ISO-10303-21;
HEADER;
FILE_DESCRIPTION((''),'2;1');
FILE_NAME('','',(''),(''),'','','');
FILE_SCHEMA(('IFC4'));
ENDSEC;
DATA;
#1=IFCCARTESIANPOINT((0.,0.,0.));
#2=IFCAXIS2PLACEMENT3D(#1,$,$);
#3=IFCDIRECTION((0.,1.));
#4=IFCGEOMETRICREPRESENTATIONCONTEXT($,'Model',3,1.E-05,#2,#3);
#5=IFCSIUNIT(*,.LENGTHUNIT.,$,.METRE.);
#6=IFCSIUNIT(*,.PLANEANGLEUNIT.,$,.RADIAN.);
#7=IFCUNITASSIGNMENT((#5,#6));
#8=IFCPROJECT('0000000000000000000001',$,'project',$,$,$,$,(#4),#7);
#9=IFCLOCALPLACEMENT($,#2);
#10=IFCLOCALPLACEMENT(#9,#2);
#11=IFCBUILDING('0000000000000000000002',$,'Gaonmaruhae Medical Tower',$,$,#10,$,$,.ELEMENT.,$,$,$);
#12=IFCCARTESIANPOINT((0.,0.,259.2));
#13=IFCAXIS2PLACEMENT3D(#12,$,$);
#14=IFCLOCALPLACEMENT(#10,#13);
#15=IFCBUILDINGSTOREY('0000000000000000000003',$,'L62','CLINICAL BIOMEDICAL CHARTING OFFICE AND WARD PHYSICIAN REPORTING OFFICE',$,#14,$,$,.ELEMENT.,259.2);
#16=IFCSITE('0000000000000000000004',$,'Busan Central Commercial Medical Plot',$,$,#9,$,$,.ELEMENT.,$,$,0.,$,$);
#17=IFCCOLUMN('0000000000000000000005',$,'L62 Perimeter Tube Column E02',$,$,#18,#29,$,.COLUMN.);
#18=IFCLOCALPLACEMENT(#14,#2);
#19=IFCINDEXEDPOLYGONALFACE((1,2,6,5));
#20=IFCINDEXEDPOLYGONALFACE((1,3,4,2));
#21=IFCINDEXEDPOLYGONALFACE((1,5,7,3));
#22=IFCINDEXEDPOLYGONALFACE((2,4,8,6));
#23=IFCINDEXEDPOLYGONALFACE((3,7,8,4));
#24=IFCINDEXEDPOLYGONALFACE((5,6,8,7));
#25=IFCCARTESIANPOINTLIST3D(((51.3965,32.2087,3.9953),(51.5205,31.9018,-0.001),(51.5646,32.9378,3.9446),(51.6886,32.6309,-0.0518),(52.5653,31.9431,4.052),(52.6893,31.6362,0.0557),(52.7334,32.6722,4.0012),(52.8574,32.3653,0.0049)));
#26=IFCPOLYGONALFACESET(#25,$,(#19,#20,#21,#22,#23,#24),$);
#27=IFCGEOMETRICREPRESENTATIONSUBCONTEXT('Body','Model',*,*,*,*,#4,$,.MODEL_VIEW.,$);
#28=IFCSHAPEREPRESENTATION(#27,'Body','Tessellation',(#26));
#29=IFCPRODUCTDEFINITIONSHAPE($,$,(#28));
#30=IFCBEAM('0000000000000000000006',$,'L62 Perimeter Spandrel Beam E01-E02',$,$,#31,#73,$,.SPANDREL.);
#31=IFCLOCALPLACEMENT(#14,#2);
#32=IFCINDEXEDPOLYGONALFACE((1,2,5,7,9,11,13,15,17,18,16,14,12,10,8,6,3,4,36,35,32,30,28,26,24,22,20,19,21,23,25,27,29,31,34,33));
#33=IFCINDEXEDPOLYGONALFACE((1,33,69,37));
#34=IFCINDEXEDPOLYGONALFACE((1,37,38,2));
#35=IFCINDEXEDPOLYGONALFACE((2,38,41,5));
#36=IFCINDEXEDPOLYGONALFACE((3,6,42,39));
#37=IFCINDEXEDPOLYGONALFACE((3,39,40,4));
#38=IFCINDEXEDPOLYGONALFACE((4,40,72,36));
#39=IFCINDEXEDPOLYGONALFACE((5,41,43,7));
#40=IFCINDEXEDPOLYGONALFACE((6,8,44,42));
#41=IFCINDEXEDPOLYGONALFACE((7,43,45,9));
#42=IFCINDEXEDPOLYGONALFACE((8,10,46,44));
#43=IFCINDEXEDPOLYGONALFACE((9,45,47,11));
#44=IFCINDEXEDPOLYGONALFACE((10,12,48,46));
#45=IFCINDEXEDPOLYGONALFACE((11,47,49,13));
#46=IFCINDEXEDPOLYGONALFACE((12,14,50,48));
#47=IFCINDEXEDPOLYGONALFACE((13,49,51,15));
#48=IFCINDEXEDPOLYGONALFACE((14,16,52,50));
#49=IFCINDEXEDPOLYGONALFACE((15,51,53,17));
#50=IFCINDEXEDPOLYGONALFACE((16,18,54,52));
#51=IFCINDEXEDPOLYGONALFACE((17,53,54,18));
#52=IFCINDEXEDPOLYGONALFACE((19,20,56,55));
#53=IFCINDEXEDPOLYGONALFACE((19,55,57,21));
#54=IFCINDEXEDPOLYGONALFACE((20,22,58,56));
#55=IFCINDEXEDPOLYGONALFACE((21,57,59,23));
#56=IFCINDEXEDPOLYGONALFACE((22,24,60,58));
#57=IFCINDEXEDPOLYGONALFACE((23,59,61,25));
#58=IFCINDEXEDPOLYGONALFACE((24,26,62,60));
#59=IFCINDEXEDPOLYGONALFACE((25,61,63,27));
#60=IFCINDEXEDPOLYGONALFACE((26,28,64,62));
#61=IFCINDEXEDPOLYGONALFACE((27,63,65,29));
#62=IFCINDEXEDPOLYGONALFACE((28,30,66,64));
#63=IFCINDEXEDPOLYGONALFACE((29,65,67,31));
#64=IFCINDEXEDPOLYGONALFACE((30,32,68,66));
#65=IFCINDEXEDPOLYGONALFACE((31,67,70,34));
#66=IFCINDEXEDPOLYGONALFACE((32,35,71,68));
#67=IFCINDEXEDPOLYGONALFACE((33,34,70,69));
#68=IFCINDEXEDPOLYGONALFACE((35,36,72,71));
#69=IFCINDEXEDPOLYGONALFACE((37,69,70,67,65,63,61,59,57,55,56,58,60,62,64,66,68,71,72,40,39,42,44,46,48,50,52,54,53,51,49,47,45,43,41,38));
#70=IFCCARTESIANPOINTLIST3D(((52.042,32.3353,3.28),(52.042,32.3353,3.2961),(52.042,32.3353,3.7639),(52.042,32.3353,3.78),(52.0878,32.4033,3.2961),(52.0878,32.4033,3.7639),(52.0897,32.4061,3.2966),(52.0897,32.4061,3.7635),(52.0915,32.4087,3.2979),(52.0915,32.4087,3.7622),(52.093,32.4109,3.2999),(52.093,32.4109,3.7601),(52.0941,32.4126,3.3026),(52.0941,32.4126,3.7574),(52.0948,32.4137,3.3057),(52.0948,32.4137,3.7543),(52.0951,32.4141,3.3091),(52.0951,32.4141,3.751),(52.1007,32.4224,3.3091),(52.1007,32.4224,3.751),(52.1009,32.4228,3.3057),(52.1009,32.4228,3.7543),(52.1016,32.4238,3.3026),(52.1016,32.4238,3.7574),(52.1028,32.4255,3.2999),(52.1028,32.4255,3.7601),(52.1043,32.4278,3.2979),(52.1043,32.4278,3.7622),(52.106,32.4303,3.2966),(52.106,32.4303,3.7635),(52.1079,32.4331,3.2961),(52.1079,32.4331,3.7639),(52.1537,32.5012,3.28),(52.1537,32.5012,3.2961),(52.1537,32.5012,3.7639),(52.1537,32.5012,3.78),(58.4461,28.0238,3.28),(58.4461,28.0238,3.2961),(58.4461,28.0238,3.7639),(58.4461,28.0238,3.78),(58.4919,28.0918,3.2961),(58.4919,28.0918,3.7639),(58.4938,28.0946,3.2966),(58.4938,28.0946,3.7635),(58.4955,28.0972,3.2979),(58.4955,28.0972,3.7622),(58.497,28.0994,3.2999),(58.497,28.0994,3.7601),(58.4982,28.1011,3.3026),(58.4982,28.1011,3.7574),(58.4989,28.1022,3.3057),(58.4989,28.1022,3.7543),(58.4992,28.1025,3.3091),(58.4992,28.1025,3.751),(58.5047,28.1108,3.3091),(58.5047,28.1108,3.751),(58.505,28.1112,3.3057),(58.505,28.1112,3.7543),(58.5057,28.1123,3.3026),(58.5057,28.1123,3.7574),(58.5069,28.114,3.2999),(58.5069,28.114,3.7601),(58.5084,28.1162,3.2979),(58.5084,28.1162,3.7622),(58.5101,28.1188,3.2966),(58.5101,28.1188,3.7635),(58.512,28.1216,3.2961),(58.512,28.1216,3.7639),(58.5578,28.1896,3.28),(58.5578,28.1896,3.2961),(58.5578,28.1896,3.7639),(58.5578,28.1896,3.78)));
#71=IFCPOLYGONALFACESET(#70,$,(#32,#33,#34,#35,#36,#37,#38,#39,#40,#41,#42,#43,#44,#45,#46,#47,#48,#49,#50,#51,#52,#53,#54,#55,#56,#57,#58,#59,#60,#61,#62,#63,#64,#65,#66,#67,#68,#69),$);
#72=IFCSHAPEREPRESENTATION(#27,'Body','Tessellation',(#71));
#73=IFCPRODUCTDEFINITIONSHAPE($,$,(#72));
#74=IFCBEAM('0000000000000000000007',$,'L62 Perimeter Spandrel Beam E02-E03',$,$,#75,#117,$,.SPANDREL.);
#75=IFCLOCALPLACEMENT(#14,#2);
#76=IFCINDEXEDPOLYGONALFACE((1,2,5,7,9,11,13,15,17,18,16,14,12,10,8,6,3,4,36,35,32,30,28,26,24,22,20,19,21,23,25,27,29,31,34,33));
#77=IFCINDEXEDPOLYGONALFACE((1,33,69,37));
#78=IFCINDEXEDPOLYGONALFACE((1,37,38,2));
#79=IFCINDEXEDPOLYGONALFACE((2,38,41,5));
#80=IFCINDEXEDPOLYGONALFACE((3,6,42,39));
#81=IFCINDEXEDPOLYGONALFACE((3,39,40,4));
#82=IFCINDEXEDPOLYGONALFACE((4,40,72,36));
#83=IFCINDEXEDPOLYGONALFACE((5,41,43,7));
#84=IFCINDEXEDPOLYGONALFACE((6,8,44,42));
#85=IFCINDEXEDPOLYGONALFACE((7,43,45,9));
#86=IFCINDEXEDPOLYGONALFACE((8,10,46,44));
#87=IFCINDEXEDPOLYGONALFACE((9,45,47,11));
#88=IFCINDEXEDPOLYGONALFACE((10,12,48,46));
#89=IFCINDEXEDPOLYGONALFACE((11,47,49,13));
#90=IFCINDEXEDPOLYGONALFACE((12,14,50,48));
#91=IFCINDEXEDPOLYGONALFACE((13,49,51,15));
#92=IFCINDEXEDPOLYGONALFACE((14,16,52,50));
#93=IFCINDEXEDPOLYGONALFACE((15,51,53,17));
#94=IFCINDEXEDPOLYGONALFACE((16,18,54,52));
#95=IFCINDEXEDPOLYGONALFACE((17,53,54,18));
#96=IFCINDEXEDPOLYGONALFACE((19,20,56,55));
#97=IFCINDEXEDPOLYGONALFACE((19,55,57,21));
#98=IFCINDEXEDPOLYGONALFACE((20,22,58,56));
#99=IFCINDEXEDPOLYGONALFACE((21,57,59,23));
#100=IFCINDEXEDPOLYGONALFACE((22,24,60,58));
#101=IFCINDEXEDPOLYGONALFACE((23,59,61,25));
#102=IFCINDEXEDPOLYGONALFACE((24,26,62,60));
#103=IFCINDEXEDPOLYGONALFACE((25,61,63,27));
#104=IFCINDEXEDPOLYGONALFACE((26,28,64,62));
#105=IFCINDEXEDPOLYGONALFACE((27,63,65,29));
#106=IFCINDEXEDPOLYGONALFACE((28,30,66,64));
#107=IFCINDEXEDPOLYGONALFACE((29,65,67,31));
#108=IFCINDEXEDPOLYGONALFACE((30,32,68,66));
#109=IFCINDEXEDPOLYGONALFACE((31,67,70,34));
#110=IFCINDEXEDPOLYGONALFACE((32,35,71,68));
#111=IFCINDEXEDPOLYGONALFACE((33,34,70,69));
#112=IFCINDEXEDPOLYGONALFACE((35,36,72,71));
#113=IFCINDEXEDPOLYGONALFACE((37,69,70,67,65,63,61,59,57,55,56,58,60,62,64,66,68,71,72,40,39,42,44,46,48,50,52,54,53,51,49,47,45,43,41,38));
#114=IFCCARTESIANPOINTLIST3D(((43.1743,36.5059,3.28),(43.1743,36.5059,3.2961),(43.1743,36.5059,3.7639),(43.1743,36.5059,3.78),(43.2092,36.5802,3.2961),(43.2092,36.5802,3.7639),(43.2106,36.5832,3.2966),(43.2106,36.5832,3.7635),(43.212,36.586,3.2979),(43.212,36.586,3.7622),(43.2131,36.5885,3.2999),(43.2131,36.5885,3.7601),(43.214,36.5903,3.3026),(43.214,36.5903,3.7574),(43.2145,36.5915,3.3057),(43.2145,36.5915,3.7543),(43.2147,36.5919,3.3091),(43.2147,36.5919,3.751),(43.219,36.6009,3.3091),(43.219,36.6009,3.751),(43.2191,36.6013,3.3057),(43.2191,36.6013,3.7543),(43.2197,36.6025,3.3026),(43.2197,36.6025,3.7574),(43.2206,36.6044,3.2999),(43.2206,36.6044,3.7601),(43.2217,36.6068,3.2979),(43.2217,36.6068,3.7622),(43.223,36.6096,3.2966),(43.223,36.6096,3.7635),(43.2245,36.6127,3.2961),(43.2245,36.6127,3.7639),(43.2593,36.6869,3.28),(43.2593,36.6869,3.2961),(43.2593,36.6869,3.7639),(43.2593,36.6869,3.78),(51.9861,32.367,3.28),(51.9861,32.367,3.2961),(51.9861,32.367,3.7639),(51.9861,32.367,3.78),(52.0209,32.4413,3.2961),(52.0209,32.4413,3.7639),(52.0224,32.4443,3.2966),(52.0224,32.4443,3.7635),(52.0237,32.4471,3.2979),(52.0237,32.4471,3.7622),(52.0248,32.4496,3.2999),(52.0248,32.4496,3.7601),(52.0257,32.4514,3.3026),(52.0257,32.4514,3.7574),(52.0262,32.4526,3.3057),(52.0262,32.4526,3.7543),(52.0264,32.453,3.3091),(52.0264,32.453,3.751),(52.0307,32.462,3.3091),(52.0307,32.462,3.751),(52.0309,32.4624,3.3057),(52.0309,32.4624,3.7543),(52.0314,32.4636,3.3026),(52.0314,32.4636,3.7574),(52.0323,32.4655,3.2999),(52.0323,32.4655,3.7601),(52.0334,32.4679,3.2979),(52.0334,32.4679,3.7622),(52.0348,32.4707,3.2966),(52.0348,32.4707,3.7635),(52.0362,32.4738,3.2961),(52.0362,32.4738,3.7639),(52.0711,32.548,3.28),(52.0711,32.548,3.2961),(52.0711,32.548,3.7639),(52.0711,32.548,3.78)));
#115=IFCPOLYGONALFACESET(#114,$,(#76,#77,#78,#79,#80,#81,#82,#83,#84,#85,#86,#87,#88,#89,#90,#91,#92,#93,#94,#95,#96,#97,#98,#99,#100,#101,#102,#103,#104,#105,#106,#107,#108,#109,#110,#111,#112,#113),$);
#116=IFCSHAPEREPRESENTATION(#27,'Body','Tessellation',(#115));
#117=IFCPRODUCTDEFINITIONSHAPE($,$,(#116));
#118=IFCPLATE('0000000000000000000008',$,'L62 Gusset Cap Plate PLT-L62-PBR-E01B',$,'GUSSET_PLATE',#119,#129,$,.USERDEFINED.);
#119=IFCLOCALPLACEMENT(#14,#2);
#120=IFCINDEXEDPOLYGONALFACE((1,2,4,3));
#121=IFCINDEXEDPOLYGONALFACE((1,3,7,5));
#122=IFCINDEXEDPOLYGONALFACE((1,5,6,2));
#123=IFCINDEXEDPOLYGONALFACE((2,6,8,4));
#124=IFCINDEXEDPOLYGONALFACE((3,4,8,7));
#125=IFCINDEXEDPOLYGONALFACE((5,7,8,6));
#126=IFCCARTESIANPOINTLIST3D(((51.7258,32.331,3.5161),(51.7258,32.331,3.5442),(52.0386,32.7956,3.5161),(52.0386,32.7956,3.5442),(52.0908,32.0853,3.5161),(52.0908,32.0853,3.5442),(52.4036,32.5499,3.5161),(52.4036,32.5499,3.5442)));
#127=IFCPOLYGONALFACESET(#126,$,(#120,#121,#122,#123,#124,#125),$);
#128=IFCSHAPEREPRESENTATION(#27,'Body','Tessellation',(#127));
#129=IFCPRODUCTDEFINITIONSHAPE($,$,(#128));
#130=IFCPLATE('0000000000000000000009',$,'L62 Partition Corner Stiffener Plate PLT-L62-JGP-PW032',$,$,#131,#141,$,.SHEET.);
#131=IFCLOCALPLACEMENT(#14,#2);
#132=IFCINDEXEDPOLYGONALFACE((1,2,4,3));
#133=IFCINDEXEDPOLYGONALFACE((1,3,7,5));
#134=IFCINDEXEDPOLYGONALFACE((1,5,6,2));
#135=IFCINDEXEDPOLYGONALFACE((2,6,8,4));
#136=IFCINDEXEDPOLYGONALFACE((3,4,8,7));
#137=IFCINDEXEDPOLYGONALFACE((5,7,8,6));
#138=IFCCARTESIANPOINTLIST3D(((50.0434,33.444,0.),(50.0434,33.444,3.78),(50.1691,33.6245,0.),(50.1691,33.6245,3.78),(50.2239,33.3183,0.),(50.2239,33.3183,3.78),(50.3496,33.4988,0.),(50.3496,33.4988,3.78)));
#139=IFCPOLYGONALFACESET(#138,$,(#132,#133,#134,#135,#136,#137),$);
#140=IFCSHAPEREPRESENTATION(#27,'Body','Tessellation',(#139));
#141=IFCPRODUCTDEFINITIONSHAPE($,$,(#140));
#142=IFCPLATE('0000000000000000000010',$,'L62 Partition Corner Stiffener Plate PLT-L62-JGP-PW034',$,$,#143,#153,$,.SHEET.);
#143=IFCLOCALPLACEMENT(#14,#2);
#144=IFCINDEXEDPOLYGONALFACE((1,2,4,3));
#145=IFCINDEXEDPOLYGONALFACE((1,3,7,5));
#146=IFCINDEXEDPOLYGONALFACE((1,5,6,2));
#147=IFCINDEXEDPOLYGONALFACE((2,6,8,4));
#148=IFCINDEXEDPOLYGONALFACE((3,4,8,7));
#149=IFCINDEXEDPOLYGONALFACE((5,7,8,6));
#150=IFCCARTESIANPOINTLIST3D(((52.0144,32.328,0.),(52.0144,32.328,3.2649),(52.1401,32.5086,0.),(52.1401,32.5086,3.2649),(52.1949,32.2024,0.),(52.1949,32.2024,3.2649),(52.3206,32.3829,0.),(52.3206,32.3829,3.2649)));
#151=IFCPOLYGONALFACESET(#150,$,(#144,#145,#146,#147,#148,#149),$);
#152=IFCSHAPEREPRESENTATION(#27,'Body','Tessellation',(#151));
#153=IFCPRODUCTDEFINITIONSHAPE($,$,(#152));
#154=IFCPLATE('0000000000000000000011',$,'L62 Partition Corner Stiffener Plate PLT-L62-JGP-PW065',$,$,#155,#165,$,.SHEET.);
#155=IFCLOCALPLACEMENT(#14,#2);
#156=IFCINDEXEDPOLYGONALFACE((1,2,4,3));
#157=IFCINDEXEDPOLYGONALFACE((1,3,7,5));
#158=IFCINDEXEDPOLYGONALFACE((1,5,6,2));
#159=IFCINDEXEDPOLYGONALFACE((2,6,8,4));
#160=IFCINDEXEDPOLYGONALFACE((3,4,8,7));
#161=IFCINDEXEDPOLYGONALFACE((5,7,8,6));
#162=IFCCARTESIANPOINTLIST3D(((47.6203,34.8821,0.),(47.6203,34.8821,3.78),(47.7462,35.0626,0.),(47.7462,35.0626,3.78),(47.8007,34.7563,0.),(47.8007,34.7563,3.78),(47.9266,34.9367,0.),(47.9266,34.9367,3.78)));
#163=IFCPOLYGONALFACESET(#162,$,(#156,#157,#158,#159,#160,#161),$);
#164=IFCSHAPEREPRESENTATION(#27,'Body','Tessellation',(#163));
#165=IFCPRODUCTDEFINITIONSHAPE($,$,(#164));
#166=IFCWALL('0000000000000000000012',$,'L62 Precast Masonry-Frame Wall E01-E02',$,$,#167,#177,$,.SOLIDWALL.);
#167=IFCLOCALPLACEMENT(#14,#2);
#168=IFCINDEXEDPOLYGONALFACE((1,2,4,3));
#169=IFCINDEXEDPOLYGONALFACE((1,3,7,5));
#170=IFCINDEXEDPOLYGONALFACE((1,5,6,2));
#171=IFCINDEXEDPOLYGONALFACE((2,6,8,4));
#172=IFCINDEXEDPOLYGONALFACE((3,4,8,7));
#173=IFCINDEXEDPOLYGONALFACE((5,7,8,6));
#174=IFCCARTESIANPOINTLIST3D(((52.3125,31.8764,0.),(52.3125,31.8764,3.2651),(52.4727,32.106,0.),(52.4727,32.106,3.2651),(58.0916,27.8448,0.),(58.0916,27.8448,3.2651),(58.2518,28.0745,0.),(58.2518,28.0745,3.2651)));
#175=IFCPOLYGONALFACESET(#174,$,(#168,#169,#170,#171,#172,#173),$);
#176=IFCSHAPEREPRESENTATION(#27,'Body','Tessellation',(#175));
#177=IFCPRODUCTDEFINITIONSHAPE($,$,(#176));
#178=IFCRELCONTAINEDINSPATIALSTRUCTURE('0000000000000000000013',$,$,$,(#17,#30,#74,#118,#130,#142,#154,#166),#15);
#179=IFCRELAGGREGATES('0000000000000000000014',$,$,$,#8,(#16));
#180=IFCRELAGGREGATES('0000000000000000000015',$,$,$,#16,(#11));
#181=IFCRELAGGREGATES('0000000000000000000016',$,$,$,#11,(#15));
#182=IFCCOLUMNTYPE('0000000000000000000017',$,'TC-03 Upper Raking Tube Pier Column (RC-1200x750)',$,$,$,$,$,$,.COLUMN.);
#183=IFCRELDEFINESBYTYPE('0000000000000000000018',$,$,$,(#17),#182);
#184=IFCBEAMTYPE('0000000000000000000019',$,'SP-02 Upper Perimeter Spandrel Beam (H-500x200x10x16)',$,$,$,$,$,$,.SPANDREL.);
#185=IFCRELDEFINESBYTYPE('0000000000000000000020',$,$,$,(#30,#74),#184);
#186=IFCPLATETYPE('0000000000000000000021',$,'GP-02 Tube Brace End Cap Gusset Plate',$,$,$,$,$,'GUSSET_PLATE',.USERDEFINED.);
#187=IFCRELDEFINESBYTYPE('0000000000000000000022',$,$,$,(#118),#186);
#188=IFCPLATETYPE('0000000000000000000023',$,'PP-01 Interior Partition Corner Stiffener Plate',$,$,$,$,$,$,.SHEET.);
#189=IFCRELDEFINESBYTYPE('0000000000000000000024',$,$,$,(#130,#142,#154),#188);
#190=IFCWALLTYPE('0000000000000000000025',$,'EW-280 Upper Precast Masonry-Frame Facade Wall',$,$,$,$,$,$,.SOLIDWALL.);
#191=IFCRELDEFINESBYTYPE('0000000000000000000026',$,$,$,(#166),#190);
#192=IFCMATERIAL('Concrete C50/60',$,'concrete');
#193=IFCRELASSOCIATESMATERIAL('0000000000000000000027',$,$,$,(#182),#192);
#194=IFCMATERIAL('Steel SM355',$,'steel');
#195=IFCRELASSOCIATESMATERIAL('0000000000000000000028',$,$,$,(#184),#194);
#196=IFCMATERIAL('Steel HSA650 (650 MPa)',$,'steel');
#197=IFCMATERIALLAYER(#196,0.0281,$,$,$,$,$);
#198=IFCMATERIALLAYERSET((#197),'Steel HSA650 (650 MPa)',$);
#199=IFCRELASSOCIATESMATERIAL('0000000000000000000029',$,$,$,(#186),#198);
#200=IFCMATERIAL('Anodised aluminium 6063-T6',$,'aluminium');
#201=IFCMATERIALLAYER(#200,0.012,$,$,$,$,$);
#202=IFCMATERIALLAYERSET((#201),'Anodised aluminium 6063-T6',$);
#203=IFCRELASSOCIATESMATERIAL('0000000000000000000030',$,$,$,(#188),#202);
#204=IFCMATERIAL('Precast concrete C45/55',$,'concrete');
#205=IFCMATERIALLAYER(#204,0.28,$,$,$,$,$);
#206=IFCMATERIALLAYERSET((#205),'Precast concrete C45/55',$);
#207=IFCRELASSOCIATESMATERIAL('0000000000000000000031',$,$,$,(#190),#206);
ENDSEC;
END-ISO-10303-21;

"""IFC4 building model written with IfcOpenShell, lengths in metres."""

from ifc_helpers import new_model, si_unit, direction, frame, frame_2d, origin, origin_2d, place, context, subcontext, project, spatial, rectangle, i_section, extrude, material, layer, layer_set, material_profile, profile_set, type_object, element, save


model = new_model("IFC4")

# Units and contexts
model_context = context("Model", 3, precision=1e-05, world=origin(), true_north=direction((0.0, 1.0)))
body_context = subcontext(model_context, "Body", "Model", "MODEL_VIEW")
ifc_project = project(units=[si_unit("LENGTHUNIT", "METRE"), si_unit("PLANEANGLEUNIT", "RADIAN")], contexts=[model_context])

# Site, building, storey
site_placement = place(None, origin())
site = spatial("IfcSite", under=ifc_project, at=site_placement, Name="Busan Central Commercial Medical Plot", CompositionType="ELEMENT", RefElevation=0.0)
building_placement = place(site_placement, origin())
building = spatial("IfcBuilding", under=site, at=building_placement, Name="Gaonmaruhae Medical Tower", CompositionType="ELEMENT")
storey_placement = place(building_placement, frame((0.0, 0.0, 259.2)))
storey = spatial("IfcBuildingStorey", under=building, at=storey_placement, Name="L62", Description="CLINICAL BIOMEDICAL CHARTING OFFICE AND WARD PHYSICIAN REPORTING OFFICE", CompositionType="ELEMENT", Elevation=259.2)

# Column
ifc_material_1 = material(Name="Concrete C50/60", Category="concrete")
ifc_material_profile_1 = material_profile(ifc_material_1, rectangle(XDim=1.2, YDim=0.75, at=origin_2d()), Name="RC-1200x750")
ifc_profile_set_1 = profile_set([ifc_material_profile_1], Name="Concrete C50/60")
column_type = type_object("IfcColumnType", Name="TC-03 Upper Raking Tube Pier Column (RC-1200x750)", PredefinedType="COLUMN", material=ifc_profile_set_1)
column_placement = place(storey_placement, frame((52.189, 32.1335, 0.002), z_axis=(-0.030928, 0.076529, 0.996588), x_axis=(0.974051, -0.221347, 0.047227)))
element("IfcColumn", 1, at=column_placement, inside=storey, type_object=column_type, Name="L62 Perimeter Tube Column E02", PredefinedType="COLUMN", context=body_context, shape_type="SweptSolid", body=[
    extrude(rectangle(XDim=1.2, YDim=0.75, at=origin_2d()), origin(), (0.0, 0.0, 1.0), 4.01),
])

# Beams
ifc_material_2 = material(Name="Steel SM355", Category="steel")
ifc_material_profile_2 = material_profile(ifc_material_2, i_section(OverallWidth=0.2, OverallDepth=0.5, WebThickness=0.01, FlangeThickness=0.0161, FilletRadius=0.0129, at=origin_2d()), Name="H-500x200x10x16")
ifc_profile_set_2 = profile_set([ifc_material_profile_2], Name="Steel SM355")
beam_type = type_object("IfcBeamType", Name="SP-02 Upper Perimeter Spandrel Beam (H-500x200x10x16)", PredefinedType="SPANDREL", material=ifc_profile_set_2)
beam_1_placement = place(storey_placement, frame((58.502, 28.1067, 3.53), z_axis=(-0.829522, 0.558475, 0.0), x_axis=(-0.558475, -0.829522, 0.0)))
element("IfcBeam", 2, at=beam_1_placement, inside=storey, type_object=beam_type, Name="L62 Perimeter Spandrel Beam E01-E02", PredefinedType="SPANDREL", context=body_context, shape_type="SweptSolid", body=[
    extrude(i_section(OverallWidth=0.2, OverallDepth=0.5, WebThickness=0.01, FlangeThickness=0.0161, FilletRadius=0.0129, at=origin_2d()), origin(), (0.0, 0.0, 1.0), 7.7202),
])
beam_2_placement = place(storey_placement, frame((52.0286, 32.4575, 3.53), z_axis=(-0.905127, 0.425141, 0.0), x_axis=(-0.425141, -0.905127, 0.0)))
element("IfcBeam", 3, at=beam_2_placement, inside=storey, type_object=beam_type, Name="L62 Perimeter Spandrel Beam E02-E03", PredefinedType="SPANDREL", context=body_context, shape_type="SweptSolid", body=[
    extrude(i_section(OverallWidth=0.2, OverallDepth=0.5, WebThickness=0.01, FlangeThickness=0.0161, FilletRadius=0.0129, at=origin_2d()), origin(), (0.0, 0.0, 1.0), 9.7354),
])

# Plates
ifc_material_3 = material(Name="Steel HSA650 (650 MPa)", Category="steel")
ifc_layer_1 = layer(ifc_material_3, 0.0281)
ifc_layer_set_1 = layer_set([ifc_layer_1], Name="Steel HSA650 (650 MPa)")
plate_type_1 = type_object("IfcPlateType", Name="GP-02 Tube Brace End Cap Gusset Plate", ElementType="GUSSET_PLATE", PredefinedType="USERDEFINED", material=ifc_layer_set_1)
plate_1_placement = place(storey_placement, frame((52.0647, 32.4404, 3.5161), z_axis=(0.0, 0.0, 1.0), x_axis=(0.558469, 0.829525, 0.0)))
element("IfcPlate", 4, at=plate_1_placement, inside=storey, type_object=plate_type_1, Name="L62 Gusset Cap Plate PLT-L62-PBR-E01B", ObjectType="GUSSET_PLATE", PredefinedType="USERDEFINED", context=body_context, shape_type="SweptSolid", body=[
    extrude(rectangle(XDim=0.5601, YDim=0.4399, at=origin_2d()), origin(), (0.0, 0.0, 1.0), 0.0281),
])
ifc_material_4 = material(Name="Anodised aluminium 6063-T6", Category="aluminium")
ifc_layer_2 = layer(ifc_material_4, 0.012)
ifc_layer_set_2 = layer_set([ifc_layer_2], Name="Anodised aluminium 6063-T6")
plate_type_2 = type_object("IfcPlateType", Name="PP-01 Interior Partition Corner Stiffener Plate", PredefinedType="SHEET", material=ifc_layer_set_2)
plate_2_placement = place(storey_placement, frame((50.1965, 33.4714, 0.0), z_axis=(0.0, 0.0, 1.0), x_axis=(0.571416, 0.820661, 0.0)))
element("IfcPlate", 5, at=plate_2_placement, inside=storey, type_object=plate_type_2, Name="L62 Partition Corner Stiffener Plate PLT-L62-JGP-PW032", PredefinedType="SHEET", context=body_context, shape_type="SweptSolid", body=[
    extrude(rectangle(XDim=0.22, YDim=0.22, at=origin_2d()), origin(), (0.0, 0.0, 1.0), 3.78),
])
plate_3_placement = place(storey_placement, frame((52.1675, 32.3555, 0.0), z_axis=(0.0, 0.0, 1.0), x_axis=(0.820721, -0.57133, 0.0)))
element("IfcPlate", 6, at=plate_3_placement, inside=storey, type_object=plate_type_2, Name="L62 Partition Corner Stiffener Plate PLT-L62-JGP-PW034", PredefinedType="SHEET", context=body_context, shape_type="SweptSolid", body=[
    extrude(rectangle(XDim=0.22, YDim=0.22, at=origin_2d()), origin(), (0.0, 0.0, 1.0), 3.2649),
])
plate_4_placement = place(storey_placement, frame((47.7734, 34.9094, 0.0), z_axis=(0.0, 0.0, 1.0), x_axis=(-0.57216, -0.820142, 0.0)))
element("IfcPlate", 7, at=plate_4_placement, inside=storey, type_object=plate_type_2, Name="L62 Partition Corner Stiffener Plate PLT-L62-JGP-PW065", PredefinedType="SHEET", context=body_context, shape_type="SweptSolid", body=[
    extrude(rectangle(XDim=0.22, YDim=0.22, at=origin_2d()), origin(), (0.0, 0.0, 1.0), 3.78),
])

# Wall
ifc_material_5 = material(Name="Precast concrete C45/55", Category="concrete")
ifc_layer_3 = layer(ifc_material_5, 0.28)
ifc_layer_set_3 = layer_set([ifc_layer_3], Name="Precast concrete C45/55")
wall_type_1 = type_object("IfcWallType", Name="EW-280 Upper Precast Masonry-Frame Facade Wall", PredefinedType="SOLIDWALL", material=ifc_layer_set_3)
wall_1_placement = place(storey_placement, frame((52.3926, 31.9912, 0.0), z_axis=(0.0, 0.0, 1.0), x_axis=(0.820154, -0.572143, 0.0)))
element("IfcWall", 8, at=wall_1_placement, inside=storey, type_object=wall_type_1, Name="L62 Precast Masonry-Frame Wall E01-E02", PredefinedType="SOLIDWALL", context=body_context, shape_type="SweptSolid", body=[
    extrude(rectangle(XDim=7.0464, YDim=0.28, at=frame_2d((3.5232, 0.0))), origin(), (0.0, 0.0, 1.0), 3.2651),
])

save(model, "model.ifc")
